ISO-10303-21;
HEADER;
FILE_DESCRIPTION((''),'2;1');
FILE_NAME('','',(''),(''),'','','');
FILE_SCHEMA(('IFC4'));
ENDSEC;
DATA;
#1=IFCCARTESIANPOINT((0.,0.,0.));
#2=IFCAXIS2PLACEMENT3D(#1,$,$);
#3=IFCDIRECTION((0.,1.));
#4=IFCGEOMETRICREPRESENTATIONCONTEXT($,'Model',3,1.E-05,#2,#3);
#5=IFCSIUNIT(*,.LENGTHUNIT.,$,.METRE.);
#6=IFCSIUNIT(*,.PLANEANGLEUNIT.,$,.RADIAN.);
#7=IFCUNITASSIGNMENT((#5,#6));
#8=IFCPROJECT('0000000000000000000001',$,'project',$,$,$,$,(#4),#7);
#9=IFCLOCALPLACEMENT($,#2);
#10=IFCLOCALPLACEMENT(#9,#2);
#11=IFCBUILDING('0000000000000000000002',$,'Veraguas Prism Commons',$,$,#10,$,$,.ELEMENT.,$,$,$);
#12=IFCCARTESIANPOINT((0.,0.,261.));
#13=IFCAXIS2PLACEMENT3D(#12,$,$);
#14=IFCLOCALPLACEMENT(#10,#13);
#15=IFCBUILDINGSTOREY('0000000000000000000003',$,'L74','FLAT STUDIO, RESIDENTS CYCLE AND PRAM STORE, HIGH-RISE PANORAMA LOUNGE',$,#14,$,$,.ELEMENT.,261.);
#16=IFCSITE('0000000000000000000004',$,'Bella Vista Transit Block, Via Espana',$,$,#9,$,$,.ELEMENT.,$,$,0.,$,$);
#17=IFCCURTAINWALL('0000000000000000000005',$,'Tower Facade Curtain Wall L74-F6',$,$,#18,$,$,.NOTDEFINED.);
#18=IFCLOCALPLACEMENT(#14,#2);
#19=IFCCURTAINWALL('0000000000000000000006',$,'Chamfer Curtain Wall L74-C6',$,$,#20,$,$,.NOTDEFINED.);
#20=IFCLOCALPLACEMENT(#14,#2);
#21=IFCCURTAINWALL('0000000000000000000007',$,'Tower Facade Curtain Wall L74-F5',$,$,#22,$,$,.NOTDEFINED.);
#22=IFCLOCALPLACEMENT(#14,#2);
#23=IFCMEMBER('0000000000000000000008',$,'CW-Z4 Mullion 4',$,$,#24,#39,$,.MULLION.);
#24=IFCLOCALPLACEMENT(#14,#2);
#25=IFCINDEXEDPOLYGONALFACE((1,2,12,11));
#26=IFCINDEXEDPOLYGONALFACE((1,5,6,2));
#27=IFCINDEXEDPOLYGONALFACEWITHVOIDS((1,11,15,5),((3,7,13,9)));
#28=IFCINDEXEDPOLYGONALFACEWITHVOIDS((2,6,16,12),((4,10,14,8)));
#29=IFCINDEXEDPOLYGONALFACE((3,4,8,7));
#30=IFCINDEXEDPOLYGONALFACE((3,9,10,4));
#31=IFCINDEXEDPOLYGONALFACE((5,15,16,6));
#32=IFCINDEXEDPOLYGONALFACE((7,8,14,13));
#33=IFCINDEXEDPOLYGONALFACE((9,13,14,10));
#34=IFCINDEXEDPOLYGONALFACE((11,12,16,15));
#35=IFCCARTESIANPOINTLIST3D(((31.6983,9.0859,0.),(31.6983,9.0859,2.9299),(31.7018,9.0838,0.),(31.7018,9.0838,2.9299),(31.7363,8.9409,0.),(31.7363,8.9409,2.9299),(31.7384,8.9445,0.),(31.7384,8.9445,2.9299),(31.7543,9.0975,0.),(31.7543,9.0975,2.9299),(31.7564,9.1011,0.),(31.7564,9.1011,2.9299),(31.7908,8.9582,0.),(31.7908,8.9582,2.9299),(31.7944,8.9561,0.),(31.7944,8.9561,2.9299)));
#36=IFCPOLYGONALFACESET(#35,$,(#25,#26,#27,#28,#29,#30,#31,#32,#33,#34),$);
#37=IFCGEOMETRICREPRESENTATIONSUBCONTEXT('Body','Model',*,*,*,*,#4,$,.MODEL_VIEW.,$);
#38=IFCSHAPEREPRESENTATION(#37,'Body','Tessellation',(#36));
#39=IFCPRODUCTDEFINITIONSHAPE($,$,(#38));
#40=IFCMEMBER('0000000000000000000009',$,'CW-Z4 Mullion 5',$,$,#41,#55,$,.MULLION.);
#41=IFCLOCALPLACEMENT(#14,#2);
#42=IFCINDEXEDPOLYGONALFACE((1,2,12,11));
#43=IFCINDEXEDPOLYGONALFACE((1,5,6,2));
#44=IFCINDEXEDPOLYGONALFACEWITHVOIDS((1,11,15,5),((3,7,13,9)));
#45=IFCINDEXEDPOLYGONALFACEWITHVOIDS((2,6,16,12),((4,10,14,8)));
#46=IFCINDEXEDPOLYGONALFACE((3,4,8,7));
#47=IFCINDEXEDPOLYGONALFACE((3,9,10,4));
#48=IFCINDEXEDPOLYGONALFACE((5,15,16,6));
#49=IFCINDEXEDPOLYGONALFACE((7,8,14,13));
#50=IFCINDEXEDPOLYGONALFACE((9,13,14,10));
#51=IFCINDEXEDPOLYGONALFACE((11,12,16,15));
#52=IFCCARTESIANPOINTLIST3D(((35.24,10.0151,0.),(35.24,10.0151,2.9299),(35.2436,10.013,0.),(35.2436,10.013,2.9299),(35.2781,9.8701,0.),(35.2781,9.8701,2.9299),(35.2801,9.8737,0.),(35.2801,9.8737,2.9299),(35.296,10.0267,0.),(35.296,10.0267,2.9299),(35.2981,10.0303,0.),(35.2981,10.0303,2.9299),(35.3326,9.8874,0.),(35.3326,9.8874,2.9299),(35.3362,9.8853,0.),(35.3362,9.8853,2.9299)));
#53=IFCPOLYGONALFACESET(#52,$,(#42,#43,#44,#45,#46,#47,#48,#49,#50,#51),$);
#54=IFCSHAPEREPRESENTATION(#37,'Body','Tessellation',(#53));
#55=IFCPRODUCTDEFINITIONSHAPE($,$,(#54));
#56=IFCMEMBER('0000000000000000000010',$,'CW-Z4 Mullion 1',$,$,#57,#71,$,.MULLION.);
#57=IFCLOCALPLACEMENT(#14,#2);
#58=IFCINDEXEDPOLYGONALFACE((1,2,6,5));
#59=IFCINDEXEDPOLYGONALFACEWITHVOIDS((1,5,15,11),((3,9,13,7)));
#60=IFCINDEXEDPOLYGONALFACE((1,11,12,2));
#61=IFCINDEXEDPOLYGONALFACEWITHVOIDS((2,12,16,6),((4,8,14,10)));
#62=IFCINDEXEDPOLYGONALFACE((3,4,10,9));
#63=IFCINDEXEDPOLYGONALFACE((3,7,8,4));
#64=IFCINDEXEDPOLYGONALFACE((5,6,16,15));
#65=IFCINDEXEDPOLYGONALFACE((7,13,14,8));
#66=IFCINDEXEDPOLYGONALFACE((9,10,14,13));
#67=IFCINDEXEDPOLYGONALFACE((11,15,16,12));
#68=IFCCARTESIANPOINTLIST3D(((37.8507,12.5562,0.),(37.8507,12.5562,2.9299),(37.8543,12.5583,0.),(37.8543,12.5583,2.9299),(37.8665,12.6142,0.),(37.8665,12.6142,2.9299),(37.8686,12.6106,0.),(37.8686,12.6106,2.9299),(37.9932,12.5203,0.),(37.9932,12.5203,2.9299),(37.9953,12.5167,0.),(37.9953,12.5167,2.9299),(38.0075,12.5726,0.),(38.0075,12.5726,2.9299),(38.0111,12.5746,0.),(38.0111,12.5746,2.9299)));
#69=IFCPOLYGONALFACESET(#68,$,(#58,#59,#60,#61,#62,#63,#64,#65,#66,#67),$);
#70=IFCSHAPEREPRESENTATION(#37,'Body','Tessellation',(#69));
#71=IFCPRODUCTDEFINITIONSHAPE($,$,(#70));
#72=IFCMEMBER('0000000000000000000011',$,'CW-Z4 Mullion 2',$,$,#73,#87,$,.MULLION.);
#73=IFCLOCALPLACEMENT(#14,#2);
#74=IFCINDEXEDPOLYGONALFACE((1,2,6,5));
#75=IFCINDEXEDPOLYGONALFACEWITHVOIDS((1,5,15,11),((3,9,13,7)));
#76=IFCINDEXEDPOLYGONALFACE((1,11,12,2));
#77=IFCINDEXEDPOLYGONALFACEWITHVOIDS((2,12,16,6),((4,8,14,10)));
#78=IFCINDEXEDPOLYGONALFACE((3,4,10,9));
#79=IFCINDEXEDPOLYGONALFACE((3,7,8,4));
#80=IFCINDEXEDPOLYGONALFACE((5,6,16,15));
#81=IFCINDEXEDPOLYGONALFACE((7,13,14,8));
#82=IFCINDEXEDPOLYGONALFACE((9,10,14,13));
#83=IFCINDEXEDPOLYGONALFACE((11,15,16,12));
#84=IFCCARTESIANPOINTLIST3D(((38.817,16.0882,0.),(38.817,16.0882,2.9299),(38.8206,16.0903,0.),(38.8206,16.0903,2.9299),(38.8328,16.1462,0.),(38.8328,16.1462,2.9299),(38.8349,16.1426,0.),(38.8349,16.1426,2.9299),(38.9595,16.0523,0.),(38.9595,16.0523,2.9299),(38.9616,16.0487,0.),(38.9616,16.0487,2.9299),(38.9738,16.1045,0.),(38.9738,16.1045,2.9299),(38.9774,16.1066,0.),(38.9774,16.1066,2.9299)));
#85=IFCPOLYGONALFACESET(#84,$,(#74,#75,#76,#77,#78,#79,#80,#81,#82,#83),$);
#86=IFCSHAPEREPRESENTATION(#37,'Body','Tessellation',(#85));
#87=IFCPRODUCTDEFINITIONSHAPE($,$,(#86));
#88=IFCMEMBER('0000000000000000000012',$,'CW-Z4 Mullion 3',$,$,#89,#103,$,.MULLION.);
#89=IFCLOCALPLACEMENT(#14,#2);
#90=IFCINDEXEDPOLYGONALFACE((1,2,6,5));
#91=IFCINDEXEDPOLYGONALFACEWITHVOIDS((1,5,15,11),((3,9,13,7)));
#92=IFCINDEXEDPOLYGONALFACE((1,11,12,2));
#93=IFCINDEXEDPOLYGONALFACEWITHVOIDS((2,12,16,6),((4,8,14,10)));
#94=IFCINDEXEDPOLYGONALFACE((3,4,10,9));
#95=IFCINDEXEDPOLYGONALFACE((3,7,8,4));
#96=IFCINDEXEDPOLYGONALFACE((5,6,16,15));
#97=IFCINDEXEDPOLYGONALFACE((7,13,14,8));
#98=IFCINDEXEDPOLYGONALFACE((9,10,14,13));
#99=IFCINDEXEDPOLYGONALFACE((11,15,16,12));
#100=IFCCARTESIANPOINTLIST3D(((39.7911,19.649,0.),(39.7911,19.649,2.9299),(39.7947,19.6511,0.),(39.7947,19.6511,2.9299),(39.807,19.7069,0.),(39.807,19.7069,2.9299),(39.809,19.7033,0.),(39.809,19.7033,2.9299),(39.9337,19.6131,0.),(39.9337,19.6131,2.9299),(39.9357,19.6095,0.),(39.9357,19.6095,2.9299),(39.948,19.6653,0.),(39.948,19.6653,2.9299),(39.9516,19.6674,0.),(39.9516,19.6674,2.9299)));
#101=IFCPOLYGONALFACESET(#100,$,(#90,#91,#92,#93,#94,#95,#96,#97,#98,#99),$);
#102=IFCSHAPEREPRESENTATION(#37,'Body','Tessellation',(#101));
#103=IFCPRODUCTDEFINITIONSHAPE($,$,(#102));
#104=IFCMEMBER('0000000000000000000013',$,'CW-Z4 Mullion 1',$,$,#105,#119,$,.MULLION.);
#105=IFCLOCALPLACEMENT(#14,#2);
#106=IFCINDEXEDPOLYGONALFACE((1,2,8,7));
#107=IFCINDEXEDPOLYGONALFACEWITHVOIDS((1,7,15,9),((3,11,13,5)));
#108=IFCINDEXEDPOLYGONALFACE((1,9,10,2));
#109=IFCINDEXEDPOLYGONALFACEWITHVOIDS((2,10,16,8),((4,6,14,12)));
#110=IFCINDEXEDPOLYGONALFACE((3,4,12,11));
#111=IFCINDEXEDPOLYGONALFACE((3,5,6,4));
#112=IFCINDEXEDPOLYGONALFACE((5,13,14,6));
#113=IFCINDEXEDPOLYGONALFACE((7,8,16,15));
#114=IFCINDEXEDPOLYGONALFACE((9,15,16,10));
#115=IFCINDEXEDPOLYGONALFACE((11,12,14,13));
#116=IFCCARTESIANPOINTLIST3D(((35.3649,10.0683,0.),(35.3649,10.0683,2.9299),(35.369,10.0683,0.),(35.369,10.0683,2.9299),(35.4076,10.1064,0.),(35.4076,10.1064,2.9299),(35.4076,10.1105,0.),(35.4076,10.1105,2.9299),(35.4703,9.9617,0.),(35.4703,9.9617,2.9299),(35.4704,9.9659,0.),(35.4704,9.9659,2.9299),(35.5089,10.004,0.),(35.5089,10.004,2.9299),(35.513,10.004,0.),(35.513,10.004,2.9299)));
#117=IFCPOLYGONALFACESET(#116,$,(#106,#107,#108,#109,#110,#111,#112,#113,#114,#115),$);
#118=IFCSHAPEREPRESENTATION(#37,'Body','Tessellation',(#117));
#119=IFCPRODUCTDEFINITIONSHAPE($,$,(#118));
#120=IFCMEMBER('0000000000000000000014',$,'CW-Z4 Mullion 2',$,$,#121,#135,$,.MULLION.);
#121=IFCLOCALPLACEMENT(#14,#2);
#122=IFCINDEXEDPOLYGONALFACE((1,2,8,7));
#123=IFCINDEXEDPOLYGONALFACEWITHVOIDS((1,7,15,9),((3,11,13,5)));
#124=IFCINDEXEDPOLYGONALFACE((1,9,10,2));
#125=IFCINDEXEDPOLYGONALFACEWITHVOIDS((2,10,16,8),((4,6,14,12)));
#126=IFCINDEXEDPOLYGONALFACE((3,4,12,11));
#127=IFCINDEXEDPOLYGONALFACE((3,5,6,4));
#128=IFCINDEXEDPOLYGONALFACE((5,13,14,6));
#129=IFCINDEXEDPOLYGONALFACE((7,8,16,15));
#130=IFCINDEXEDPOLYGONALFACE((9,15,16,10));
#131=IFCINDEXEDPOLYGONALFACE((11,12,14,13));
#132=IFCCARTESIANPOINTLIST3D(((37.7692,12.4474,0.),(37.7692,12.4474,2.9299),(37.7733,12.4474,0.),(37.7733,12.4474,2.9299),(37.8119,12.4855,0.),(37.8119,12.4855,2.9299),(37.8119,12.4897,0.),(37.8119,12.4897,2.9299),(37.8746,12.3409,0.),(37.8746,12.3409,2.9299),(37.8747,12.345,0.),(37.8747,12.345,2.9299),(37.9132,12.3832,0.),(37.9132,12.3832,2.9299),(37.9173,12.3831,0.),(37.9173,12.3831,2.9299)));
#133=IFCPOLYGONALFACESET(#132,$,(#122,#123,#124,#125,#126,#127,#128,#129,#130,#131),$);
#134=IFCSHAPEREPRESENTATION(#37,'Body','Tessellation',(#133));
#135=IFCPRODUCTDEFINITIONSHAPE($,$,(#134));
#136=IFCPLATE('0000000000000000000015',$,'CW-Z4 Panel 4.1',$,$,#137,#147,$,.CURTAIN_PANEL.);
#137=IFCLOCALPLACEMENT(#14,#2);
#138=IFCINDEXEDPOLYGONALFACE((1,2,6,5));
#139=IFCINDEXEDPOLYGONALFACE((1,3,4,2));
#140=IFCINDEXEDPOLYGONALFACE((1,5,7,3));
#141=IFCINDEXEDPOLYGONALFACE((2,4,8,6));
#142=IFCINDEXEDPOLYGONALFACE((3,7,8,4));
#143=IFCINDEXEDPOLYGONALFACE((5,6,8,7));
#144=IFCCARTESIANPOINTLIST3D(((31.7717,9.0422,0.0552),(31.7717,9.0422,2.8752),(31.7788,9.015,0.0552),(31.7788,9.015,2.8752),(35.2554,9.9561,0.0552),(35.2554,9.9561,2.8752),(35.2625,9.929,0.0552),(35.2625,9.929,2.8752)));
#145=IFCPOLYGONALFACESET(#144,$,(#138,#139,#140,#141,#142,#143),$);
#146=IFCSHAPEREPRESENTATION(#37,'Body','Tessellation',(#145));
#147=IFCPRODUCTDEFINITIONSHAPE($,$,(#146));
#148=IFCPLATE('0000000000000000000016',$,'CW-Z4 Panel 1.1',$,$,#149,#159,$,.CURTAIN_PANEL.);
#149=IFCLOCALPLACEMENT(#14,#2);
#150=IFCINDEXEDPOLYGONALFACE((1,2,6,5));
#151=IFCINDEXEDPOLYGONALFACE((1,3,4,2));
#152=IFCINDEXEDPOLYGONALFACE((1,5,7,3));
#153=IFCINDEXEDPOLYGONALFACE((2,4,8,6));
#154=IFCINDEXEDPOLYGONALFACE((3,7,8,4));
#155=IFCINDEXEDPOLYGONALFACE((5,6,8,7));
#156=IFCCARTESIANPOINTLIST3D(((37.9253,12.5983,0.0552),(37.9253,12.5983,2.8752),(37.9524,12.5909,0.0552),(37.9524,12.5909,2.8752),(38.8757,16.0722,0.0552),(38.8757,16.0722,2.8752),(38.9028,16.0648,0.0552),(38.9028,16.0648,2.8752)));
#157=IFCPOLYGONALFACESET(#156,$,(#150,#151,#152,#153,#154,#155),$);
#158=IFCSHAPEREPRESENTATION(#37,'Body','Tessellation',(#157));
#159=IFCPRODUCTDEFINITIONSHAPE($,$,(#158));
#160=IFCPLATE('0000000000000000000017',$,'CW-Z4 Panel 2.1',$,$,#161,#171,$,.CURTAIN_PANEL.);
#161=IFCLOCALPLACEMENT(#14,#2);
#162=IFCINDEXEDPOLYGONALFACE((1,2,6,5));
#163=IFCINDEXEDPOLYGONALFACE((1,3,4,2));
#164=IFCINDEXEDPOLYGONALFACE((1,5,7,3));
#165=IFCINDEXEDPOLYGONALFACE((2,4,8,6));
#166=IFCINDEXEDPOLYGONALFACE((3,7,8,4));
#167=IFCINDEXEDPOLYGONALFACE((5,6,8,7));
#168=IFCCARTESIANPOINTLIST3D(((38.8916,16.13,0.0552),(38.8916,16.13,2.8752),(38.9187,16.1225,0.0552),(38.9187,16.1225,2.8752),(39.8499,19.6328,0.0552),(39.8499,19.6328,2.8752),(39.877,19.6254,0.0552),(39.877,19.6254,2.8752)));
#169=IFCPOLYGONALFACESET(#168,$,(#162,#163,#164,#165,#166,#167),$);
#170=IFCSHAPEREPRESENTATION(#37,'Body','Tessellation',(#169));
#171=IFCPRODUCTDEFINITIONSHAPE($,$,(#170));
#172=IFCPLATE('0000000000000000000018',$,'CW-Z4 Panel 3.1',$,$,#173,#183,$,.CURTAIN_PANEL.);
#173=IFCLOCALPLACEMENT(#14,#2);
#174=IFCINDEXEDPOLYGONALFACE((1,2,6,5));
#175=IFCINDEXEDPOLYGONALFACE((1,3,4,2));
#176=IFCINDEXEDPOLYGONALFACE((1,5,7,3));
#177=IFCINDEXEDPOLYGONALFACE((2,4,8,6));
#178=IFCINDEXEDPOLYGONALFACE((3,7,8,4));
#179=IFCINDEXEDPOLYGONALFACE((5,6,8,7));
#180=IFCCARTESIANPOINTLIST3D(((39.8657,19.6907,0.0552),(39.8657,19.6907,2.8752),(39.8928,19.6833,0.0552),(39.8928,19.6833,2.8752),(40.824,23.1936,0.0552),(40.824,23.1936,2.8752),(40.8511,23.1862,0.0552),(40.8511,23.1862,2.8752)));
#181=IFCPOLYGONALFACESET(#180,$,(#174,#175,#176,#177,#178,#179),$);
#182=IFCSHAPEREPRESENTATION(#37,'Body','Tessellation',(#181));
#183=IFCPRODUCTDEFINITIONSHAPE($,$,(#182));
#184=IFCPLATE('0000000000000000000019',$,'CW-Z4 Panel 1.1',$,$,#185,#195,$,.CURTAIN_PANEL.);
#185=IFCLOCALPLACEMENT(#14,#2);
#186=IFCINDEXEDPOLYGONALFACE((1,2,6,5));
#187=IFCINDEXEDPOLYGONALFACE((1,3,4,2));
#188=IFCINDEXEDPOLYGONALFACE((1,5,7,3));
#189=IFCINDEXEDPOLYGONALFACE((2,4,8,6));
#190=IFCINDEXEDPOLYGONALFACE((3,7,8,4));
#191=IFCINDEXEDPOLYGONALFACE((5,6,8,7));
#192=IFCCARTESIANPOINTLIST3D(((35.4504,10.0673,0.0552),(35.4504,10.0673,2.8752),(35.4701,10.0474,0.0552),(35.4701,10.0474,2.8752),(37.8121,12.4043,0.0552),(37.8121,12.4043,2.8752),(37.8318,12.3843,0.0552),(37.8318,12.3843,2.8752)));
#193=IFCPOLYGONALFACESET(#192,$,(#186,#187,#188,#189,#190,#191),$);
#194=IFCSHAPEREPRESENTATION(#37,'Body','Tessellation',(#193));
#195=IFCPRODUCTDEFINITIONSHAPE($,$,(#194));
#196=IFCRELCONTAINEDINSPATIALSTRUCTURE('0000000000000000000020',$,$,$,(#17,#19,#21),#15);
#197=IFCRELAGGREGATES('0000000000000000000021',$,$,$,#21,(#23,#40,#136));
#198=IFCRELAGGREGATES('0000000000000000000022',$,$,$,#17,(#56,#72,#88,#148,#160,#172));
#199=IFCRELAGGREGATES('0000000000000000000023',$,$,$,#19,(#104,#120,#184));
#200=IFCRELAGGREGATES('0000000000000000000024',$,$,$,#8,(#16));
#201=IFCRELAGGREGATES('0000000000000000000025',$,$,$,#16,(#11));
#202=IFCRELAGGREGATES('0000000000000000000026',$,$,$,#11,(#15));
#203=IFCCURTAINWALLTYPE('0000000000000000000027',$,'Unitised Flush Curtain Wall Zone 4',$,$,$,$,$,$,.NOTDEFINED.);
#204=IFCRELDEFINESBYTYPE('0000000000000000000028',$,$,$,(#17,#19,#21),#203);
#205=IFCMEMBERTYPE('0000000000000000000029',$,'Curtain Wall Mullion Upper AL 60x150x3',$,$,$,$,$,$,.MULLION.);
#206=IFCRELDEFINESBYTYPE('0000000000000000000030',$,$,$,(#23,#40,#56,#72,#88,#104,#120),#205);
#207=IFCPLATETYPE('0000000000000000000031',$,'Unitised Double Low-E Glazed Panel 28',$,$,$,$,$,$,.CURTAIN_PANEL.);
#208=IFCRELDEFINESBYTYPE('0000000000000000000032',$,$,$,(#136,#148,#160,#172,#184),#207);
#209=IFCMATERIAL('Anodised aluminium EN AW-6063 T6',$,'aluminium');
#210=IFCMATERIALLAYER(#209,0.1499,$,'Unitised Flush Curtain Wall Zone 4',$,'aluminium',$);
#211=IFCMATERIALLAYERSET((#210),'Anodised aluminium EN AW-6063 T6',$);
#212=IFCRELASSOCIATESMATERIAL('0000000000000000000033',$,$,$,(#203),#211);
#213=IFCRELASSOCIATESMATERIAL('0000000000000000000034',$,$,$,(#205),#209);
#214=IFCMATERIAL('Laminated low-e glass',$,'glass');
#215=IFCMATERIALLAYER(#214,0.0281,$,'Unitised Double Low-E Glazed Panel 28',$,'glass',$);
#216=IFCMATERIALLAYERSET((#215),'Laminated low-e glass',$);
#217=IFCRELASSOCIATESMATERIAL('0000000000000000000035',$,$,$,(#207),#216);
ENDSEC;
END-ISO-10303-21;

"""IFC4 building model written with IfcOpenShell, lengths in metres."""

from ifc_helpers import new_model, si_unit, direction, frame, origin, origin_2d, place, context, subcontext, project, spatial, rectangle, hollow_rectangle, extrude, source, transform, mapped, material, layer, layer_set, material_profile, profile_set, type_object, element, aggregate, save


model = new_model("IFC4")

# Units and contexts
model_context = context("Model", 3, precision=1e-05, world=origin(), true_north=direction((0.0, 1.0)))
body_context = subcontext(model_context, "Body", "Model", "MODEL_VIEW")
ifc_project = project(units=[si_unit("LENGTHUNIT", "METRE"), si_unit("PLANEANGLEUNIT", "RADIAN")], contexts=[model_context])

# Site, building, storey
site_placement = place(None, origin())
site = spatial("IfcSite", under=ifc_project, at=site_placement, Name="Bella Vista Transit Block, Via Espana", CompositionType="ELEMENT", RefElevation=0.0)
building_placement = place(site_placement, origin())
building = spatial("IfcBuilding", under=site, at=building_placement, Name="Veraguas Prism Commons", CompositionType="ELEMENT")
storey_placement = place(building_placement, frame((0.0, 0.0, 261.0)))
storey = spatial("IfcBuildingStorey", under=building, at=storey_placement, Name="L74", Description="FLAT STUDIO, RESIDENTS CYCLE AND PRAM STORE, HIGH-RISE PANORAMA LOUNGE", CompositionType="ELEMENT", Elevation=261.0)

# Curtain walls, members
ifc_material_1 = material(Name="Anodised aluminium EN AW-6063 T6", Category="aluminium")
ifc_layer_1 = layer(ifc_material_1, 0.1499, Name="Unitised Flush Curtain Wall Zone 4", Category="aluminium")
ifc_layer_set_1 = layer_set([ifc_layer_1], Name="Anodised aluminium EN AW-6063 T6")
curtain_wall_type = type_object("IfcCurtainWallType", Name="Unitised Flush Curtain Wall Zone 4", PredefinedType="NOTDEFINED", material=ifc_layer_set_1)
curtain_wall_1_placement = place(storey_placement, origin())
curtain_wall_1 = element("IfcCurtainWall", 1, at=curtain_wall_1_placement, inside=storey, type_object=curtain_wall_type, Name="Tower Facade Curtain Wall L74-F6", PredefinedType="NOTDEFINED")
curtain_wall_2_placement = place(storey_placement, origin())
curtain_wall_2 = element("IfcCurtainWall", 2, at=curtain_wall_2_placement, inside=storey, type_object=curtain_wall_type, Name="Chamfer Curtain Wall L74-C6", PredefinedType="NOTDEFINED")
curtain_wall_3_placement = place(storey_placement, origin())
curtain_wall_3 = element("IfcCurtainWall", 3, at=curtain_wall_3_placement, inside=storey, type_object=curtain_wall_type, Name="Tower Facade Curtain Wall L74-F5", PredefinedType="NOTDEFINED")
ifc_material_profile_1 = material_profile(ifc_material_1, hollow_rectangle(XDim=0.0601, YDim=0.1499, WallThickness=0.0029, at=origin_2d()), Name="AL60X150X3")
ifc_profile_set_1 = profile_set([ifc_material_profile_1], Name="Anodised aluminium EN AW-6063 T6")
member_type_1 = type_object("IfcMemberType", Name="Curtain Wall Mullion Upper AL 60x150x3", PredefinedType="MULLION", material=ifc_profile_set_1)
shared_shape_1 = source(origin(), body_context, "Body", "SweptSolid", [
    extrude(hollow_rectangle(XDim=0.0601, YDim=0.1499, WallThickness=0.0029, at=origin_2d()), origin(), (0.0, 0.0, 1.0), 2.9299),
])
member_1_placement = place(storey_placement, frame((31.7463, 9.021, 0.0), z_axis=(0.0, 0.0, 1.0), x_axis=(0.967266, 0.253765, 0.0)))
member_1 = element("IfcMember", 4, at=member_1_placement, type_object=member_type_1, Name="CW-Z4 Mullion 4", PredefinedType="MULLION", context=body_context, shape_type="MappedRepresentation", body=[
    mapped(shared_shape_1, transform((0.0, 0.0, 0.0), scale=1.0)),
])
member_2_placement = place(storey_placement, frame((35.2881, 9.9502, 0.0), z_axis=(0.0, 0.0, 1.0), x_axis=(0.967266, 0.253765, 0.0)))
member_2 = element("IfcMember", 5, at=member_2_placement, type_object=member_type_1, Name="CW-Z4 Mullion 5", PredefinedType="MULLION", context=body_context, shape_type="MappedRepresentation", body=[
    mapped(shared_shape_1, transform((0.0, 0.0, 0.0), scale=1.0)),
])

# Members
member_3_placement = place(storey_placement, frame((37.9309, 12.5654, 0.0), z_axis=(0.0, 0.0, 1.0), x_axis=(0.263883, 0.964555, 0.0)))
member_3 = element("IfcMember", 6, at=member_3_placement, type_object=member_type_1, Name="CW-Z4 Mullion 1", PredefinedType="MULLION", context=body_context, shape_type="MappedRepresentation", body=[
    mapped(shared_shape_1, transform((0.0, 0.0, 0.0), scale=1.0)),
])
member_4_placement = place(storey_placement, frame((38.8972, 16.0974, 0.0), z_axis=(0.0, 0.0, 1.0), x_axis=(0.263883, 0.964555, 0.0)))
member_4 = element("IfcMember", 7, at=member_4_placement, type_object=member_type_1, Name="CW-Z4 Mullion 2", PredefinedType="MULLION", context=body_context, shape_type="MappedRepresentation", body=[
    mapped(shared_shape_1, transform((0.0, 0.0, 0.0), scale=1.0)),
])
member_5_placement = place(storey_placement, frame((39.8713, 19.6582, 0.0), z_axis=(0.0, 0.0, 1.0), x_axis=(0.263883, 0.964555, 0.0)))
member_5 = element("IfcMember", 8, at=member_5_placement, type_object=member_type_1, Name="CW-Z4 Mullion 3", PredefinedType="MULLION", context=body_context, shape_type="MappedRepresentation", body=[
    mapped(shared_shape_1, transform((0.0, 0.0, 0.0), scale=1.0)),
])
member_6_placement = place(storey_placement, frame((35.439, 10.0361, 0.0), z_axis=(0.0, 0.0, 1.0), x_axis=(0.710815, 0.703379, 0.0)))
member_6 = element("IfcMember", 9, at=member_6_placement, type_object=member_type_1, Name="CW-Z4 Mullion 1", PredefinedType="MULLION", context=body_context, shape_type="MappedRepresentation", body=[
    mapped(shared_shape_1, transform((0.0, 0.0, 0.0), scale=1.0)),
])
member_7_placement = place(storey_placement, frame((37.8433, 12.4153, 0.0), z_axis=(0.0, 0.0, 1.0), x_axis=(0.710815, 0.703379, 0.0)))
member_7 = element("IfcMember", 10, at=member_7_placement, type_object=member_type_1, Name="CW-Z4 Mullion 2", PredefinedType="MULLION", context=body_context, shape_type="MappedRepresentation", body=[
    mapped(shared_shape_1, transform((0.0, 0.0, 0.0), scale=1.0)),
])

# Plates
ifc_material_2 = material(Name="Laminated low-e glass", Category="glass")
ifc_layer_2 = layer(ifc_material_2, 0.0281, Name="Unitised Double Low-E Glazed Panel 28", Category="glass")
ifc_layer_set_2 = layer_set([ifc_layer_2], Name="Laminated low-e glass")
plate_type = type_object("IfcPlateType", Name="Unitised Double Low-E Glazed Panel 28", PredefinedType="CURTAIN_PANEL", material=ifc_layer_set_2)
shared_shape_2 = source(origin(), body_context, "Body", "SweptSolid", [
    extrude(rectangle(XDim=3.6016, YDim=0.0281, at=origin_2d()), origin(), (0.0, 0.0, 1.0), 2.8201),
])
plate_1_placement = place(storey_placement, frame((33.5171, 9.4856, 0.0552), z_axis=(0.0, 0.0, 1.0), x_axis=(0.967266, 0.253765, 0.0)))
plate_1 = element("IfcPlate", 11, at=plate_1_placement, type_object=plate_type, Name="CW-Z4 Panel 4.1", PredefinedType="CURTAIN_PANEL", context=body_context, shape_type="MappedRepresentation", body=[
    mapped(shared_shape_2, transform((0.0, 0.0, 0.0), scale=1.0)),
])
aggregate(curtain_wall_3, [member_1, member_2, plate_1])
plate_2_placement = place(storey_placement, frame((38.4141, 14.3315, 0.0552), z_axis=(0.0, 0.0, 1.0), x_axis=(0.263883, 0.964555, 0.0)))
plate_2 = element("IfcPlate", 12, at=plate_2_placement, type_object=plate_type, Name="CW-Z4 Panel 1.1", PredefinedType="CURTAIN_PANEL", context=body_context, shape_type="MappedRepresentation", body=[
    mapped(shared_shape_2, transform((0.0, 0.0, 0.0), scale=1.0)),
])
shared_shape_3 = source(origin(), body_context, "Body", "SweptSolid", [
    extrude(rectangle(XDim=3.6316, YDim=0.0281, at=origin_2d()), origin(), (0.0, 0.0, 1.0), 2.8201),
])
plate_3_placement = place(storey_placement, frame((39.3843, 17.8777, 0.0552), z_axis=(0.0, 0.0, 1.0), x_axis=(0.263883, 0.964555, 0.0)))
plate_3 = element("IfcPlate", 13, at=plate_3_placement, type_object=plate_type, Name="CW-Z4 Panel 2.1", PredefinedType="CURTAIN_PANEL", context=body_context, shape_type="MappedRepresentation", body=[
    mapped(shared_shape_3, transform((0.0, 0.0, 0.0), scale=1.0)),
])
plate_4_placement = place(storey_placement, frame((40.3584, 21.4385, 0.0552), z_axis=(0.0, 0.0, 1.0), x_axis=(0.263883, 0.964555, 0.0)))
plate_4 = element("IfcPlate", 14, at=plate_4_placement, type_object=plate_type, Name="CW-Z4 Panel 3.1", PredefinedType="CURTAIN_PANEL", context=body_context, shape_type="MappedRepresentation", body=[
    mapped(shared_shape_3, transform((0.0, 0.0, 0.0), scale=1.0)),
])
aggregate(curtain_wall_1, [member_3, member_4, member_5, plate_2, plate_3, plate_4])
shared_shape_4 = source(origin(), body_context, "Body", "SweptSolid", [
    extrude(rectangle(XDim=3.3225, YDim=0.0281, at=origin_2d()), origin(), (0.0, 0.0, 1.0), 2.8201),
])
plate_5_placement = place(storey_placement, frame((36.6411, 11.2258, 0.0552), z_axis=(0.0, 0.0, 1.0), x_axis=(0.710815, 0.703379, 0.0)))
plate_5 = element("IfcPlate", 15, at=plate_5_placement, type_object=plate_type, Name="CW-Z4 Panel 1.1", PredefinedType="CURTAIN_PANEL", context=body_context, shape_type="MappedRepresentation", body=[
    mapped(shared_shape_4, transform((0.0, 0.0, 0.0), scale=1.0)),
])
aggregate(curtain_wall_2, [member_6, member_7, plate_5])

save(model, "model.ifc")
